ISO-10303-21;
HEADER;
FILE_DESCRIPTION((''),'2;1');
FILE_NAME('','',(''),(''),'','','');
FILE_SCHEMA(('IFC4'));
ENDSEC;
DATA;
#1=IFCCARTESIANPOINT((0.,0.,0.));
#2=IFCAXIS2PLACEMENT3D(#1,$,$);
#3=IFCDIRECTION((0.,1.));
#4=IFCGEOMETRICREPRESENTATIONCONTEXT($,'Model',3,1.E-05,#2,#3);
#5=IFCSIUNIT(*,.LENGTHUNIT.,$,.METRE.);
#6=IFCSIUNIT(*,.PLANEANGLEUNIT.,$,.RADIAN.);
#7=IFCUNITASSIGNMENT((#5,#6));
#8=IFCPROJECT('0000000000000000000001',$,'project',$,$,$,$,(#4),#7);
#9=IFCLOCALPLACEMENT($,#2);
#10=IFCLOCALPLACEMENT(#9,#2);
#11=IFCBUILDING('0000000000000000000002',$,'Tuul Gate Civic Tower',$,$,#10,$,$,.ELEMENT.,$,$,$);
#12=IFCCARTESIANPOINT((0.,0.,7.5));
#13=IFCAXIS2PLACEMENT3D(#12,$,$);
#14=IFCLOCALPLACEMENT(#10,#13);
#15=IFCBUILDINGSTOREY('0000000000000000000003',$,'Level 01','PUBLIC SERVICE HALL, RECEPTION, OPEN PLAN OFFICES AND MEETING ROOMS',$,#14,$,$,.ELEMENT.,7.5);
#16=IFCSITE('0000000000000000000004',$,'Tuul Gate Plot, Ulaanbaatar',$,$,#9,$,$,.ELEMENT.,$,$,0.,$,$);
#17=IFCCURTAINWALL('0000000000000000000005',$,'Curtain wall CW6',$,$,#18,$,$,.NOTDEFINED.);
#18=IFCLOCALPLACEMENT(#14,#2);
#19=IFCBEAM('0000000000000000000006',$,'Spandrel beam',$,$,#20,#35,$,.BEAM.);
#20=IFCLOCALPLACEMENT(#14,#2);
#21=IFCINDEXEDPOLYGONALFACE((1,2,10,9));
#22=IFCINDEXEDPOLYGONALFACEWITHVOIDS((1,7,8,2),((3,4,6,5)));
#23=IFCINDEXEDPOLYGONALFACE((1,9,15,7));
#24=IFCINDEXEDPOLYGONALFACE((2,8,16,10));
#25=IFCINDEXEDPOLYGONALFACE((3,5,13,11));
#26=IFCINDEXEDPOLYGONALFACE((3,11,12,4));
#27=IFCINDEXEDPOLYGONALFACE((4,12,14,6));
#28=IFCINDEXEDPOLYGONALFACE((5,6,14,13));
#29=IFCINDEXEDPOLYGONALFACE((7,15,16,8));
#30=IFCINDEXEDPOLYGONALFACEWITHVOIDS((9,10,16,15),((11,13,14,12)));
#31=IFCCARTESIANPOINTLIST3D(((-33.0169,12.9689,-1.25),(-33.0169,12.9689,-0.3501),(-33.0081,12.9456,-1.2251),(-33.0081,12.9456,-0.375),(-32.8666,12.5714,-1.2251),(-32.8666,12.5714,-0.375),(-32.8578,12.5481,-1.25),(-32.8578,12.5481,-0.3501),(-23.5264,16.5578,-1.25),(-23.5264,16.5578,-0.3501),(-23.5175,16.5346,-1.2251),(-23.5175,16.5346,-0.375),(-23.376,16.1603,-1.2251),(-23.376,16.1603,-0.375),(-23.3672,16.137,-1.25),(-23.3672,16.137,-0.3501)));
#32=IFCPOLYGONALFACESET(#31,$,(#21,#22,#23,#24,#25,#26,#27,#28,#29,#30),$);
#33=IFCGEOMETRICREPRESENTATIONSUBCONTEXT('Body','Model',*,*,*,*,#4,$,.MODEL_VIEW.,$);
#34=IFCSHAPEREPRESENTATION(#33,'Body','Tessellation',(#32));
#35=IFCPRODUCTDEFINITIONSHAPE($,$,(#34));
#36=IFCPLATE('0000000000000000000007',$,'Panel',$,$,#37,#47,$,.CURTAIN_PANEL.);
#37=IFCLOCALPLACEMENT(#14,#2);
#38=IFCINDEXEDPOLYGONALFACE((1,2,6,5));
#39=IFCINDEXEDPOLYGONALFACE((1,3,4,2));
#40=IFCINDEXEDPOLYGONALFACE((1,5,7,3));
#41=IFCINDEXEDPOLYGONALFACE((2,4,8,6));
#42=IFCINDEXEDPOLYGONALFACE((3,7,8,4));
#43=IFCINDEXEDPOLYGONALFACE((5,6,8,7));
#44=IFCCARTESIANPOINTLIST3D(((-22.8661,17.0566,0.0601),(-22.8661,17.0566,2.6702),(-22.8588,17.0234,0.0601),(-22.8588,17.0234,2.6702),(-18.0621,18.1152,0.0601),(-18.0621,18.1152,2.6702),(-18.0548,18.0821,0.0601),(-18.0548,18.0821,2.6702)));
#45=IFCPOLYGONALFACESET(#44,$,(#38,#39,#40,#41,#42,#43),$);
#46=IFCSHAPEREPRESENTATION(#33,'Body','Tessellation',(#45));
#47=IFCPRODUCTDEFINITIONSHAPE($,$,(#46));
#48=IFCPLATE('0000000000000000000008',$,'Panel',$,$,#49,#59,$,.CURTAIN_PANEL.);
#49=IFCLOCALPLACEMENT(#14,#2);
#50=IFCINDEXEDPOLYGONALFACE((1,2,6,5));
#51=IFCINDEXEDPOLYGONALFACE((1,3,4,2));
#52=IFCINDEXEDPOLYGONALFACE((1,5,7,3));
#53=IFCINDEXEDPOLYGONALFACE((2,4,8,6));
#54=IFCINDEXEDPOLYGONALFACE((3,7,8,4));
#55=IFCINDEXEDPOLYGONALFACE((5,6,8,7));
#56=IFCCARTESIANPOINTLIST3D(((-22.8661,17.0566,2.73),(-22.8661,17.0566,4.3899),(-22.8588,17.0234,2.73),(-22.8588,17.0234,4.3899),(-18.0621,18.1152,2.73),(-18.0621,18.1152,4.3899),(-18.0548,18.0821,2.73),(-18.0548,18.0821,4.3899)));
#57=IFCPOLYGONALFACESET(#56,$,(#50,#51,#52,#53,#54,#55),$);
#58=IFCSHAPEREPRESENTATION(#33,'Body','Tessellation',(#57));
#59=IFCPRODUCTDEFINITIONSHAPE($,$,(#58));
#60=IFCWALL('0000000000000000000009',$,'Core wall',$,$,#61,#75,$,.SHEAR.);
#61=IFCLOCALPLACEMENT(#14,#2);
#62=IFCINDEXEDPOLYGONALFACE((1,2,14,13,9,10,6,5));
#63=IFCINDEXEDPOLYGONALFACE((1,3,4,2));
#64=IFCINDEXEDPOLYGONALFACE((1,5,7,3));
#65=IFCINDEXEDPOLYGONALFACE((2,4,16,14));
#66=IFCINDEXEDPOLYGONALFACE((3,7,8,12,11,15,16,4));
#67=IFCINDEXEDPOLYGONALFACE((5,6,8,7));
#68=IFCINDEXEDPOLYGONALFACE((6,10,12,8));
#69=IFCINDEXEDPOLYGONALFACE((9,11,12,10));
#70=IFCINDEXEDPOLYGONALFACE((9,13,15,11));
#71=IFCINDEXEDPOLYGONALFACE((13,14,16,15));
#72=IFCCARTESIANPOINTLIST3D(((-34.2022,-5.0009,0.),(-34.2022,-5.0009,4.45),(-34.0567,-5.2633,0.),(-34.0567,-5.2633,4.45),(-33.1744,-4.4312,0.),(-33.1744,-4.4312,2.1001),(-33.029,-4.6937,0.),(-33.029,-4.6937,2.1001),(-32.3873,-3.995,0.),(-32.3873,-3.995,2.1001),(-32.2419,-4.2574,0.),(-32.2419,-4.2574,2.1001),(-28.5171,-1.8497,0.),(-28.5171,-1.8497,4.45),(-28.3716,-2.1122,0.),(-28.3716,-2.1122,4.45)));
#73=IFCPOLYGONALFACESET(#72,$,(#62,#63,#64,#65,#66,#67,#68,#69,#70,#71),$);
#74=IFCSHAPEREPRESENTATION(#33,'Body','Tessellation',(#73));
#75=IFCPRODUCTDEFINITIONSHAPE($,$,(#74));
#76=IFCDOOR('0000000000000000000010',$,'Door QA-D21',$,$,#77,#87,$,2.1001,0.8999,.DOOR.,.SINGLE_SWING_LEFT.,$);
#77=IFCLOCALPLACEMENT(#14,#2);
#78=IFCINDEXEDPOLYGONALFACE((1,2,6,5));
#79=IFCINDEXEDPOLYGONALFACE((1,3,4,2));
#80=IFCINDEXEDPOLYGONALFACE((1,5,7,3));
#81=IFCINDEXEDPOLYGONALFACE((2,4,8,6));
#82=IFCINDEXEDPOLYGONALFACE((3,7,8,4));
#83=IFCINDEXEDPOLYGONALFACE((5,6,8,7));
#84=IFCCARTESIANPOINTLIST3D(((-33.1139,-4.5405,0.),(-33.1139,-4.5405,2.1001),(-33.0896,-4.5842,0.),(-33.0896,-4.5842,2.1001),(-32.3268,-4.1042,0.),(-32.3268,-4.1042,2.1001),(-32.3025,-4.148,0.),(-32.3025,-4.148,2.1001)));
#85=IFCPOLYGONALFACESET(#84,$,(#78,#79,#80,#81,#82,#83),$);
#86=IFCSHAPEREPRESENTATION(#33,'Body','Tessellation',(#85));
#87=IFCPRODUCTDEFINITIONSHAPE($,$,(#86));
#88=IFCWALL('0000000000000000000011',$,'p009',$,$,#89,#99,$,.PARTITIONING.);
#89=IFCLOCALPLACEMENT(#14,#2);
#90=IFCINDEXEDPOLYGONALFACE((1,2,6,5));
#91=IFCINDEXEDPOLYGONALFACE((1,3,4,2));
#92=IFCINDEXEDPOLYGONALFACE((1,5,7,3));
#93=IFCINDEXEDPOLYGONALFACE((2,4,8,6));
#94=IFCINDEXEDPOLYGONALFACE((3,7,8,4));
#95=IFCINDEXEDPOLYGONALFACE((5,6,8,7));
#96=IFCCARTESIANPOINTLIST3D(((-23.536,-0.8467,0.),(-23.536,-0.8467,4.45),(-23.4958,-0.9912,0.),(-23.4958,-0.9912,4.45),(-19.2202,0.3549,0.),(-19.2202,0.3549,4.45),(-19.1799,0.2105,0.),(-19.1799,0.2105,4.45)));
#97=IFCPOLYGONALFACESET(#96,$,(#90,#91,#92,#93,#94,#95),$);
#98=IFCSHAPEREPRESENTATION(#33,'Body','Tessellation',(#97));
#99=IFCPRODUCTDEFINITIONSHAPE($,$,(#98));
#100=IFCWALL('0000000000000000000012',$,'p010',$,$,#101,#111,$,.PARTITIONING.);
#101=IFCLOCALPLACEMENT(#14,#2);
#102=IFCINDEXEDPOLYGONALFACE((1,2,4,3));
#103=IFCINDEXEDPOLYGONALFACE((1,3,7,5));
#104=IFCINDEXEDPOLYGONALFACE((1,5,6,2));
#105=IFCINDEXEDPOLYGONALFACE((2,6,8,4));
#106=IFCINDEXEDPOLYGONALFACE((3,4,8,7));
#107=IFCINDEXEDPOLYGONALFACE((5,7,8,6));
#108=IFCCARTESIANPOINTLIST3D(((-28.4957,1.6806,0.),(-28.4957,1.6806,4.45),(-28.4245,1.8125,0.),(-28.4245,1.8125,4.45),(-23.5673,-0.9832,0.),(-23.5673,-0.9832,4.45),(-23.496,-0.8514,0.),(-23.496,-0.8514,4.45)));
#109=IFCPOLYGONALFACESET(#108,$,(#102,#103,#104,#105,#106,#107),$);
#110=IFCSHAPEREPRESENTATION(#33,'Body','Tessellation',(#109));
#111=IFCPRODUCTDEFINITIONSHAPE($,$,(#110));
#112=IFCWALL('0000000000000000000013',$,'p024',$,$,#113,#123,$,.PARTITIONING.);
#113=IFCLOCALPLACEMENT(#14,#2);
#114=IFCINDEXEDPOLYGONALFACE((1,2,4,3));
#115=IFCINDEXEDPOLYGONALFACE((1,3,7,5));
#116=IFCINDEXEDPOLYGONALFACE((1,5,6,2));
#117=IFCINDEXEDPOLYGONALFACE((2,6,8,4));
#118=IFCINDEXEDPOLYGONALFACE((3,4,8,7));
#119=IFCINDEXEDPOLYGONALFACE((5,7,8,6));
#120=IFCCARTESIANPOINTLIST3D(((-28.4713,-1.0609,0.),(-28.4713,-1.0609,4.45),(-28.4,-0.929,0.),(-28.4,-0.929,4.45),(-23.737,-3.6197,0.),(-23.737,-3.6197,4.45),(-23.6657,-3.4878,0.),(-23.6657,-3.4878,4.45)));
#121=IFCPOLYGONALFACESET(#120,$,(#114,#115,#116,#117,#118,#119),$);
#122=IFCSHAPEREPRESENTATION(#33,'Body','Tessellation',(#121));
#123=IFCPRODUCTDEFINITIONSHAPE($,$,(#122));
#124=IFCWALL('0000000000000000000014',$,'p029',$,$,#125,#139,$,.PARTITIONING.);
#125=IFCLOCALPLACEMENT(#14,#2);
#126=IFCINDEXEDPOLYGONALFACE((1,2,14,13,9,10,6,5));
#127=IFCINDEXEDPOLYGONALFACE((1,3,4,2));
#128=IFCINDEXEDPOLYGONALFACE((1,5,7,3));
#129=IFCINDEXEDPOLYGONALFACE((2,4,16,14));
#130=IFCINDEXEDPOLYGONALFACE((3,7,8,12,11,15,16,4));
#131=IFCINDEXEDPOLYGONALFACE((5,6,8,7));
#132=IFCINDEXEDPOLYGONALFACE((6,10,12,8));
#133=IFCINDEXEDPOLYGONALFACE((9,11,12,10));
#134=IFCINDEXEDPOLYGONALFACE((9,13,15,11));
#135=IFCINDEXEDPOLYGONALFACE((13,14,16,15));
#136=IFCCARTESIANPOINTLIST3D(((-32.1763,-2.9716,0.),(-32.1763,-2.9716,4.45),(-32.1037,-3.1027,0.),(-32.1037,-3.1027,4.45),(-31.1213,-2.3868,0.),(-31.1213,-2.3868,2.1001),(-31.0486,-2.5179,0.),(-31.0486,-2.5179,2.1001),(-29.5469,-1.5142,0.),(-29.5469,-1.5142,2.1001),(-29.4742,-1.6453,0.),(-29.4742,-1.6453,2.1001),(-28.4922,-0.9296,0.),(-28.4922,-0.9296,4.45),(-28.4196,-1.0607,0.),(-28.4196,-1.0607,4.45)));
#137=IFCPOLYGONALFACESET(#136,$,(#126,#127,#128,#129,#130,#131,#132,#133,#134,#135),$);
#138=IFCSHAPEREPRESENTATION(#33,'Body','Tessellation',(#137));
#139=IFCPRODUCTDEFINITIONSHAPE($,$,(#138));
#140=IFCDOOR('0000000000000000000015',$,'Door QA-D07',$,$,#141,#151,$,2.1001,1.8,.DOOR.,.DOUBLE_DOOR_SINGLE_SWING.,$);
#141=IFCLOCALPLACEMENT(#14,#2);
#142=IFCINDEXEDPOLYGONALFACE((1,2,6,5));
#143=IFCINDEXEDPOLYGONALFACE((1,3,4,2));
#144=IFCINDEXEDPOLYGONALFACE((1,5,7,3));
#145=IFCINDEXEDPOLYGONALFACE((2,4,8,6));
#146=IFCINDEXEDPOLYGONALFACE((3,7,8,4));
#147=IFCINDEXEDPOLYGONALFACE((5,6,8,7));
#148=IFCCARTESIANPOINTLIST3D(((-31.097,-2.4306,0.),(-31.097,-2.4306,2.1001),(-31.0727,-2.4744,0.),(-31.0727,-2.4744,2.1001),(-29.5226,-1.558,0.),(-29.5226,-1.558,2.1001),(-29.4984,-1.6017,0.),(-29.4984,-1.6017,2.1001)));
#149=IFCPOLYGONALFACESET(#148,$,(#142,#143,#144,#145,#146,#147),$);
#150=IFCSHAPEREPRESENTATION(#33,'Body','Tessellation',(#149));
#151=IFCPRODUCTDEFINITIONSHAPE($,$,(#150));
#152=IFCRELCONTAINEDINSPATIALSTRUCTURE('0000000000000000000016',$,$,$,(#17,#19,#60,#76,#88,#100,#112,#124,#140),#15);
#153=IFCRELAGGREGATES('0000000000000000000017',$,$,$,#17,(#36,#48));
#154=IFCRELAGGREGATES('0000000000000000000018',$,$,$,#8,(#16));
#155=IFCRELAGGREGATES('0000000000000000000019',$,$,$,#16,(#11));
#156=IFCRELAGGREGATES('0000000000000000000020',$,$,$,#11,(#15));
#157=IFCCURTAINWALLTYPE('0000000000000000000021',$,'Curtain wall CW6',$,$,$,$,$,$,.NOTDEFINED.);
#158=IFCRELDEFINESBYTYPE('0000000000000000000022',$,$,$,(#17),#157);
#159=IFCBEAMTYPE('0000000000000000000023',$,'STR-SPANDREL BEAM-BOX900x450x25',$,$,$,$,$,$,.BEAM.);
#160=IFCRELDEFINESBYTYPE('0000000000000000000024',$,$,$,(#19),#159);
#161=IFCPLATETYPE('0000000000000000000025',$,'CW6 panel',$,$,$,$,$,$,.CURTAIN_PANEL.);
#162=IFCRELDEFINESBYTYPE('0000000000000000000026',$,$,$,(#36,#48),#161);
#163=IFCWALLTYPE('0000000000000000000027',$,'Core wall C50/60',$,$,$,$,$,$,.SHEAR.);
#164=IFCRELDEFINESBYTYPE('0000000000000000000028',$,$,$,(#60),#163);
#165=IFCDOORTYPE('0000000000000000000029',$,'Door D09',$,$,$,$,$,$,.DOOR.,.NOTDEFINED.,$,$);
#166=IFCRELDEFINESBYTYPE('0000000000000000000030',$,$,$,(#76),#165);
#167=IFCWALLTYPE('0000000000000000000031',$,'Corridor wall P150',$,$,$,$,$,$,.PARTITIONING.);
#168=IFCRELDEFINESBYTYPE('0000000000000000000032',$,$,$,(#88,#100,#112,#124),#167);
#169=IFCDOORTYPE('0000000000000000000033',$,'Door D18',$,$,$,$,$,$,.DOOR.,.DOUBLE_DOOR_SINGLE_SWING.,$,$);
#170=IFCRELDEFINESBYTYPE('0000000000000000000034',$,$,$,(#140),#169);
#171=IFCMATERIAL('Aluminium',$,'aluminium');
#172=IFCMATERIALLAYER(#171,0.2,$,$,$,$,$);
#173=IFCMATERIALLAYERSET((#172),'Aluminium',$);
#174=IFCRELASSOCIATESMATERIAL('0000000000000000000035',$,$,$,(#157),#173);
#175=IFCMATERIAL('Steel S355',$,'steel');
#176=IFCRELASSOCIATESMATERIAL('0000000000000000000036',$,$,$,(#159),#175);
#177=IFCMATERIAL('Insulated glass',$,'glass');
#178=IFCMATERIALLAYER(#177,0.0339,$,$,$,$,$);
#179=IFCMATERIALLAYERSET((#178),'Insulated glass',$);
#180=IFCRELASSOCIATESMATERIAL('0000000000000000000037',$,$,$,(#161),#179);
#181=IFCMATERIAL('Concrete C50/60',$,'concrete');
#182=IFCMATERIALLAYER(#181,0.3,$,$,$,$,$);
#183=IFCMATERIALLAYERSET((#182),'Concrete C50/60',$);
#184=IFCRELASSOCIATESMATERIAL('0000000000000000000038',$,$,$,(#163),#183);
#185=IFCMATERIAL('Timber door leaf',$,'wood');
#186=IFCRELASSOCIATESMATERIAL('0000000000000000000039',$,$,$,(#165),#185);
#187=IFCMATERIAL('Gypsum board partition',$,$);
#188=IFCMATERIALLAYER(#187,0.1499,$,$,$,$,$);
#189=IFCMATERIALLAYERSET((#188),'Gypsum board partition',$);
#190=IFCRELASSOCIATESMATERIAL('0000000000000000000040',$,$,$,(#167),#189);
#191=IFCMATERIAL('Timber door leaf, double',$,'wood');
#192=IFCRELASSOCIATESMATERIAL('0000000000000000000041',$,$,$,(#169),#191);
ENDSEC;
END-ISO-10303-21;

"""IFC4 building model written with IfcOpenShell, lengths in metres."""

from ifc_helpers import new_model, si_unit, direction, frame, frame_2d, origin, origin_2d, place, context, subcontext, project, spatial, rectangle, hollow_rectangle, extrude, material, layer, layer_set, material_profile, profile_set, type_object, element, fill, aggregate, save


model = new_model("IFC4")

# Units and contexts
model_context = context("Model", 3, precision=1e-05, world=origin(), true_north=direction((0.0, 1.0)))
body_context = subcontext(model_context, "Body", "Model", "MODEL_VIEW")
ifc_project = project(units=[si_unit("LENGTHUNIT", "METRE"), si_unit("PLANEANGLEUNIT", "RADIAN")], contexts=[model_context])

# Site, building, storey
site_placement = place(None, origin())
site = spatial("IfcSite", under=ifc_project, at=site_placement, Name="Tuul Gate Plot, Ulaanbaatar", CompositionType="ELEMENT", RefElevation=0.0)
building_placement = place(site_placement, origin())
building = spatial("IfcBuilding", under=site, at=building_placement, Name="Tuul Gate Civic Tower", CompositionType="ELEMENT")
storey_placement = place(building_placement, frame((0.0, 0.0, 7.5)))
storey = spatial("IfcBuildingStorey", under=building, at=storey_placement, Name="Level 01", Description="PUBLIC SERVICE HALL, RECEPTION, OPEN PLAN OFFICES AND MEETING ROOMS", CompositionType="ELEMENT", Elevation=7.5)

# Curtain wall
ifc_material_1 = material(Name="Aluminium", Category="aluminium")
ifc_layer_1 = layer(ifc_material_1, 0.2)
ifc_layer_set_1 = layer_set([ifc_layer_1], Name="Aluminium")
curtain_wall_type = type_object("IfcCurtainWallType", Name="Curtain wall CW6", PredefinedType="NOTDEFINED", material=ifc_layer_set_1)
curtain_wall_placement = place(storey_placement, origin())
curtain_wall = element("IfcCurtainWall", 1, at=curtain_wall_placement, inside=storey, type_object=curtain_wall_type, Name="Curtain wall CW6", PredefinedType="NOTDEFINED")

# Beam
ifc_material_2 = material(Name="Steel S355", Category="steel")
ifc_material_profile_1 = material_profile(ifc_material_2, hollow_rectangle(XDim=0.45, YDim=0.8999, WallThickness=0.0249, at=origin_2d()), Name="BOX900x450x25")
ifc_profile_set_1 = profile_set([ifc_material_profile_1], Name="Steel S355")
beam_type_1 = type_object("IfcBeamType", Name="STR-SPANDREL BEAM-BOX900x450x25", PredefinedType="BEAM", material=ifc_profile_set_1)
beam_1_placement = place(storey_placement, frame((-23.4468, 16.3474, -0.8), z_axis=(-0.935356, -0.353709, 0.0), x_axis=(0.353709, -0.935356, 0.0)))
element("IfcBeam", 2, at=beam_1_placement, inside=storey, type_object=beam_type_1, Name="Spandrel beam", PredefinedType="BEAM", context=body_context, shape_type="SweptSolid", body=[
    extrude(hollow_rectangle(XDim=0.45, YDim=0.8999, WallThickness=0.0249, at=origin_2d()), origin(), (0.0, 0.0, 1.0), 10.1465),
])

# Plates
ifc_material_3 = material(Name="Insulated glass", Category="glass")
ifc_layer_2 = layer(ifc_material_3, 0.0339)
ifc_layer_set_2 = layer_set([ifc_layer_2], Name="Insulated glass")
plate_type = type_object("IfcPlateType", Name="CW6 panel", PredefinedType="CURTAIN_PANEL", material=ifc_layer_set_2)
plate_1_placement = place(storey_placement, frame((-20.4604, 17.5693, 0.0601), z_axis=(0.0, 0.0, 1.0), x_axis=(-0.976569, -0.215207, 0.0)))
plate_1 = element("IfcPlate", 3, at=plate_1_placement, type_object=plate_type, Name="Panel", PredefinedType="CURTAIN_PANEL", context=body_context, shape_type="SweptSolid", body=[
    extrude(rectangle(XDim=4.9192, YDim=0.0339, at=origin_2d()), origin(), (0.0, 0.0, 1.0), 2.6101),
])
plate_2_placement = place(storey_placement, frame((-20.4604, 17.5693, 2.73), z_axis=(0.0, 0.0, 1.0), x_axis=(-0.976569, -0.215207, 0.0)))
plate_2 = element("IfcPlate", 4, at=plate_2_placement, type_object=plate_type, Name="Panel", PredefinedType="CURTAIN_PANEL", context=body_context, shape_type="SweptSolid", body=[
    extrude(rectangle(XDim=4.9192, YDim=0.0339, at=origin_2d()), origin(), (0.0, 0.0, 1.0), 1.6599),
])
aggregate(curtain_wall, [plate_1, plate_2])

# Wall, opening, door
ifc_material_4 = material(Name="Concrete C50/60", Category="concrete")
ifc_layer_3 = layer(ifc_material_4, 0.3)
ifc_layer_set_3 = layer_set([ifc_layer_3], Name="Concrete C50/60")
wall_type_1 = type_object("IfcWallType", Name="Core wall C50/60", PredefinedType="SHEAR", material=ifc_layer_set_3)
wall_1_placement = place(storey_placement, frame((-28.4443, -1.981, 0.0), z_axis=(0.0, 0.0, 1.0), x_axis=(-0.87463, -0.484791, 0.0)))
wall_1 = element("IfcWall", 5, at=wall_1_placement, inside=storey, type_object=wall_type_1, Name="Core wall", PredefinedType="SHEAR", context=body_context, shape_type="SweptSolid", body=[
    extrude(rectangle(XDim=6.5, YDim=0.3, at=frame_2d((3.25, 0.0))), origin(), (0.0, 0.0, 1.0), 4.45),
])
opening_1_placement = place(wall_1_placement, frame((4.425, 0.0, 0.0)))
opening_1 = element("IfcOpeningElement", 6, at=opening_1_placement, cuts=wall_1, PredefinedType="OPENING", context=body_context, shape_type="SweptSolid", body=[
    extrude(rectangle(XDim=0.8999, YDim=2.1001, at=frame_2d((0.45, 1.05))), frame((0.0, 0.1602, 0.0), z_axis=(0.0, -1.0, 0.0), x_axis=(1.0, 0.0, 0.0)), (0.0, 0.0, 1.0), 0.3201),
])
ifc_material_5 = material(Name="Timber door leaf", Category="wood")
door_type_1 = type_object("IfcDoorType", Name="Door D09", OperationType="NOTDEFINED", PredefinedType="DOOR", material=ifc_material_5)
door_1_placement = place(opening_1_placement, origin())
door_1 = element("IfcDoor", 7, at=door_1_placement, inside=storey, type_object=door_type_1, Name="Door QA-D21", OperationType="SINGLE_SWING_LEFT", OverallHeight=2.1001, OverallWidth=0.8999, PredefinedType="DOOR", context=body_context, shape_type="SweptSolid", body=[
    extrude(rectangle(XDim=0.8999, YDim=2.1001, at=frame_2d((0.45, 1.05))), frame((0.0, 0.0249, 0.0), z_axis=(0.0, -1.0, 0.0), x_axis=(1.0, 0.0, 0.0)), (0.0, 0.0, 1.0), 0.05),
])
fill(opening_1, door_1)

# Walls
ifc_material_6 = material(Name="Gypsum board partition")
ifc_layer_4 = layer(ifc_material_6, 0.1499)
ifc_layer_set_4 = layer_set([ifc_layer_4], Name="Gypsum board partition")
wall_type_2 = type_object("IfcWallType", Name="Corridor wall P150", PredefinedType="PARTITIONING", material=ifc_layer_set_4)
wall_2_placement = place(storey_placement, frame((-23.5159, -0.9189, 0.0), z_axis=(0.0, 0.0, 1.0), x_axis=(0.963357, 0.268223, 0.0)))
element("IfcWall", 8, at=wall_2_placement, inside=storey, type_object=wall_type_2, Name="p009", PredefinedType="PARTITIONING", context=body_context, shape_type="SweptSolid", body=[
    extrude(rectangle(XDim=4.48, YDim=0.1499, at=frame_2d((2.24, 0.0))), origin(), (0.0, 0.0, 1.0), 4.45),
])
wall_3_placement = place(storey_placement, frame((-28.4602, 1.7466, 0.0), z_axis=(0.0, 0.0, 1.0), x_axis=(0.879723, -0.475487, 0.0)))
element("IfcWall", 9, at=wall_3_placement, inside=storey, type_object=wall_type_2, Name="p010", PredefinedType="PARTITIONING", context=body_context, shape_type="SweptSolid", body=[
    extrude(rectangle(XDim=5.6023, YDim=0.1499, at=frame_2d((2.8013, 0.0))), origin(), (0.0, 0.0, 1.0), 4.45),
])
wall_4_placement = place(storey_placement, frame((-28.4358, -0.9949, 0.0), z_axis=(0.0, 0.0, 1.0), x_axis=(0.879729, -0.475476, 0.0)))
element("IfcWall", 10, at=wall_4_placement, inside=storey, type_object=wall_type_2, Name="p024", PredefinedType="PARTITIONING", context=body_context, shape_type="SweptSolid", body=[
    extrude(rectangle(XDim=5.3816, YDim=0.1499, at=frame_2d((2.6909, 0.0))), origin(), (0.0, 0.0, 1.0), 4.45),
])

# Wall, opening, door
wall_5_placement = place(storey_placement, frame((-32.1399, -3.0371, 0.0), z_axis=(0.0, 0.0, 1.0), x_axis=(0.874633, 0.484786, 0.0)))
wall_5 = element("IfcWall", 11, at=wall_5_placement, inside=storey, type_object=wall_type_2, Name="p029", PredefinedType="PARTITIONING", context=body_context, shape_type="SweptSolid", body=[
    extrude(rectangle(XDim=4.2122, YDim=0.1499, at=frame_2d((2.106, 0.0))), origin(), (0.0, 0.0, 1.0), 4.45),
])
opening_2_placement = place(wall_5_placement, frame((1.2063, 0.0, 0.0)))
opening_2 = element("IfcOpeningElement", 12, at=opening_2_placement, cuts=wall_5, PredefinedType="OPENING", context=body_context, shape_type="SweptSolid", body=[
    extrude(rectangle(XDim=1.8, YDim=2.1001, at=frame_2d((0.8999, 1.05))), frame((0.0, 0.085, 0.0), z_axis=(0.0, -1.0, 0.0), x_axis=(1.0, 0.0, 0.0)), (0.0, 0.0, 1.0), 0.1699),
])
ifc_material_7 = material(Name="Timber door leaf, double", Category="wood")
door_type_2 = type_object("IfcDoorType", Name="Door D18", OperationType="DOUBLE_DOOR_SINGLE_SWING", PredefinedType="DOOR", material=ifc_material_7)
door_2_placement = place(opening_2_placement, origin())
door_2 = element("IfcDoor", 13, at=door_2_placement, inside=storey, type_object=door_type_2, Name="Door QA-D07", OperationType="DOUBLE_DOOR_SINGLE_SWING", OverallHeight=2.1001, OverallWidth=1.8, PredefinedType="DOOR", context=body_context, shape_type="SweptSolid", body=[
    extrude(rectangle(XDim=1.8, YDim=2.1001, at=frame_2d((0.8999, 1.05))), frame((0.0, 0.0249, 0.0), z_axis=(0.0, -1.0, 0.0), x_axis=(1.0, 0.0, 0.0)), (0.0, 0.0, 1.0), 0.05),
])
fill(opening_2, door_2)

save(model, "model.ifc")
